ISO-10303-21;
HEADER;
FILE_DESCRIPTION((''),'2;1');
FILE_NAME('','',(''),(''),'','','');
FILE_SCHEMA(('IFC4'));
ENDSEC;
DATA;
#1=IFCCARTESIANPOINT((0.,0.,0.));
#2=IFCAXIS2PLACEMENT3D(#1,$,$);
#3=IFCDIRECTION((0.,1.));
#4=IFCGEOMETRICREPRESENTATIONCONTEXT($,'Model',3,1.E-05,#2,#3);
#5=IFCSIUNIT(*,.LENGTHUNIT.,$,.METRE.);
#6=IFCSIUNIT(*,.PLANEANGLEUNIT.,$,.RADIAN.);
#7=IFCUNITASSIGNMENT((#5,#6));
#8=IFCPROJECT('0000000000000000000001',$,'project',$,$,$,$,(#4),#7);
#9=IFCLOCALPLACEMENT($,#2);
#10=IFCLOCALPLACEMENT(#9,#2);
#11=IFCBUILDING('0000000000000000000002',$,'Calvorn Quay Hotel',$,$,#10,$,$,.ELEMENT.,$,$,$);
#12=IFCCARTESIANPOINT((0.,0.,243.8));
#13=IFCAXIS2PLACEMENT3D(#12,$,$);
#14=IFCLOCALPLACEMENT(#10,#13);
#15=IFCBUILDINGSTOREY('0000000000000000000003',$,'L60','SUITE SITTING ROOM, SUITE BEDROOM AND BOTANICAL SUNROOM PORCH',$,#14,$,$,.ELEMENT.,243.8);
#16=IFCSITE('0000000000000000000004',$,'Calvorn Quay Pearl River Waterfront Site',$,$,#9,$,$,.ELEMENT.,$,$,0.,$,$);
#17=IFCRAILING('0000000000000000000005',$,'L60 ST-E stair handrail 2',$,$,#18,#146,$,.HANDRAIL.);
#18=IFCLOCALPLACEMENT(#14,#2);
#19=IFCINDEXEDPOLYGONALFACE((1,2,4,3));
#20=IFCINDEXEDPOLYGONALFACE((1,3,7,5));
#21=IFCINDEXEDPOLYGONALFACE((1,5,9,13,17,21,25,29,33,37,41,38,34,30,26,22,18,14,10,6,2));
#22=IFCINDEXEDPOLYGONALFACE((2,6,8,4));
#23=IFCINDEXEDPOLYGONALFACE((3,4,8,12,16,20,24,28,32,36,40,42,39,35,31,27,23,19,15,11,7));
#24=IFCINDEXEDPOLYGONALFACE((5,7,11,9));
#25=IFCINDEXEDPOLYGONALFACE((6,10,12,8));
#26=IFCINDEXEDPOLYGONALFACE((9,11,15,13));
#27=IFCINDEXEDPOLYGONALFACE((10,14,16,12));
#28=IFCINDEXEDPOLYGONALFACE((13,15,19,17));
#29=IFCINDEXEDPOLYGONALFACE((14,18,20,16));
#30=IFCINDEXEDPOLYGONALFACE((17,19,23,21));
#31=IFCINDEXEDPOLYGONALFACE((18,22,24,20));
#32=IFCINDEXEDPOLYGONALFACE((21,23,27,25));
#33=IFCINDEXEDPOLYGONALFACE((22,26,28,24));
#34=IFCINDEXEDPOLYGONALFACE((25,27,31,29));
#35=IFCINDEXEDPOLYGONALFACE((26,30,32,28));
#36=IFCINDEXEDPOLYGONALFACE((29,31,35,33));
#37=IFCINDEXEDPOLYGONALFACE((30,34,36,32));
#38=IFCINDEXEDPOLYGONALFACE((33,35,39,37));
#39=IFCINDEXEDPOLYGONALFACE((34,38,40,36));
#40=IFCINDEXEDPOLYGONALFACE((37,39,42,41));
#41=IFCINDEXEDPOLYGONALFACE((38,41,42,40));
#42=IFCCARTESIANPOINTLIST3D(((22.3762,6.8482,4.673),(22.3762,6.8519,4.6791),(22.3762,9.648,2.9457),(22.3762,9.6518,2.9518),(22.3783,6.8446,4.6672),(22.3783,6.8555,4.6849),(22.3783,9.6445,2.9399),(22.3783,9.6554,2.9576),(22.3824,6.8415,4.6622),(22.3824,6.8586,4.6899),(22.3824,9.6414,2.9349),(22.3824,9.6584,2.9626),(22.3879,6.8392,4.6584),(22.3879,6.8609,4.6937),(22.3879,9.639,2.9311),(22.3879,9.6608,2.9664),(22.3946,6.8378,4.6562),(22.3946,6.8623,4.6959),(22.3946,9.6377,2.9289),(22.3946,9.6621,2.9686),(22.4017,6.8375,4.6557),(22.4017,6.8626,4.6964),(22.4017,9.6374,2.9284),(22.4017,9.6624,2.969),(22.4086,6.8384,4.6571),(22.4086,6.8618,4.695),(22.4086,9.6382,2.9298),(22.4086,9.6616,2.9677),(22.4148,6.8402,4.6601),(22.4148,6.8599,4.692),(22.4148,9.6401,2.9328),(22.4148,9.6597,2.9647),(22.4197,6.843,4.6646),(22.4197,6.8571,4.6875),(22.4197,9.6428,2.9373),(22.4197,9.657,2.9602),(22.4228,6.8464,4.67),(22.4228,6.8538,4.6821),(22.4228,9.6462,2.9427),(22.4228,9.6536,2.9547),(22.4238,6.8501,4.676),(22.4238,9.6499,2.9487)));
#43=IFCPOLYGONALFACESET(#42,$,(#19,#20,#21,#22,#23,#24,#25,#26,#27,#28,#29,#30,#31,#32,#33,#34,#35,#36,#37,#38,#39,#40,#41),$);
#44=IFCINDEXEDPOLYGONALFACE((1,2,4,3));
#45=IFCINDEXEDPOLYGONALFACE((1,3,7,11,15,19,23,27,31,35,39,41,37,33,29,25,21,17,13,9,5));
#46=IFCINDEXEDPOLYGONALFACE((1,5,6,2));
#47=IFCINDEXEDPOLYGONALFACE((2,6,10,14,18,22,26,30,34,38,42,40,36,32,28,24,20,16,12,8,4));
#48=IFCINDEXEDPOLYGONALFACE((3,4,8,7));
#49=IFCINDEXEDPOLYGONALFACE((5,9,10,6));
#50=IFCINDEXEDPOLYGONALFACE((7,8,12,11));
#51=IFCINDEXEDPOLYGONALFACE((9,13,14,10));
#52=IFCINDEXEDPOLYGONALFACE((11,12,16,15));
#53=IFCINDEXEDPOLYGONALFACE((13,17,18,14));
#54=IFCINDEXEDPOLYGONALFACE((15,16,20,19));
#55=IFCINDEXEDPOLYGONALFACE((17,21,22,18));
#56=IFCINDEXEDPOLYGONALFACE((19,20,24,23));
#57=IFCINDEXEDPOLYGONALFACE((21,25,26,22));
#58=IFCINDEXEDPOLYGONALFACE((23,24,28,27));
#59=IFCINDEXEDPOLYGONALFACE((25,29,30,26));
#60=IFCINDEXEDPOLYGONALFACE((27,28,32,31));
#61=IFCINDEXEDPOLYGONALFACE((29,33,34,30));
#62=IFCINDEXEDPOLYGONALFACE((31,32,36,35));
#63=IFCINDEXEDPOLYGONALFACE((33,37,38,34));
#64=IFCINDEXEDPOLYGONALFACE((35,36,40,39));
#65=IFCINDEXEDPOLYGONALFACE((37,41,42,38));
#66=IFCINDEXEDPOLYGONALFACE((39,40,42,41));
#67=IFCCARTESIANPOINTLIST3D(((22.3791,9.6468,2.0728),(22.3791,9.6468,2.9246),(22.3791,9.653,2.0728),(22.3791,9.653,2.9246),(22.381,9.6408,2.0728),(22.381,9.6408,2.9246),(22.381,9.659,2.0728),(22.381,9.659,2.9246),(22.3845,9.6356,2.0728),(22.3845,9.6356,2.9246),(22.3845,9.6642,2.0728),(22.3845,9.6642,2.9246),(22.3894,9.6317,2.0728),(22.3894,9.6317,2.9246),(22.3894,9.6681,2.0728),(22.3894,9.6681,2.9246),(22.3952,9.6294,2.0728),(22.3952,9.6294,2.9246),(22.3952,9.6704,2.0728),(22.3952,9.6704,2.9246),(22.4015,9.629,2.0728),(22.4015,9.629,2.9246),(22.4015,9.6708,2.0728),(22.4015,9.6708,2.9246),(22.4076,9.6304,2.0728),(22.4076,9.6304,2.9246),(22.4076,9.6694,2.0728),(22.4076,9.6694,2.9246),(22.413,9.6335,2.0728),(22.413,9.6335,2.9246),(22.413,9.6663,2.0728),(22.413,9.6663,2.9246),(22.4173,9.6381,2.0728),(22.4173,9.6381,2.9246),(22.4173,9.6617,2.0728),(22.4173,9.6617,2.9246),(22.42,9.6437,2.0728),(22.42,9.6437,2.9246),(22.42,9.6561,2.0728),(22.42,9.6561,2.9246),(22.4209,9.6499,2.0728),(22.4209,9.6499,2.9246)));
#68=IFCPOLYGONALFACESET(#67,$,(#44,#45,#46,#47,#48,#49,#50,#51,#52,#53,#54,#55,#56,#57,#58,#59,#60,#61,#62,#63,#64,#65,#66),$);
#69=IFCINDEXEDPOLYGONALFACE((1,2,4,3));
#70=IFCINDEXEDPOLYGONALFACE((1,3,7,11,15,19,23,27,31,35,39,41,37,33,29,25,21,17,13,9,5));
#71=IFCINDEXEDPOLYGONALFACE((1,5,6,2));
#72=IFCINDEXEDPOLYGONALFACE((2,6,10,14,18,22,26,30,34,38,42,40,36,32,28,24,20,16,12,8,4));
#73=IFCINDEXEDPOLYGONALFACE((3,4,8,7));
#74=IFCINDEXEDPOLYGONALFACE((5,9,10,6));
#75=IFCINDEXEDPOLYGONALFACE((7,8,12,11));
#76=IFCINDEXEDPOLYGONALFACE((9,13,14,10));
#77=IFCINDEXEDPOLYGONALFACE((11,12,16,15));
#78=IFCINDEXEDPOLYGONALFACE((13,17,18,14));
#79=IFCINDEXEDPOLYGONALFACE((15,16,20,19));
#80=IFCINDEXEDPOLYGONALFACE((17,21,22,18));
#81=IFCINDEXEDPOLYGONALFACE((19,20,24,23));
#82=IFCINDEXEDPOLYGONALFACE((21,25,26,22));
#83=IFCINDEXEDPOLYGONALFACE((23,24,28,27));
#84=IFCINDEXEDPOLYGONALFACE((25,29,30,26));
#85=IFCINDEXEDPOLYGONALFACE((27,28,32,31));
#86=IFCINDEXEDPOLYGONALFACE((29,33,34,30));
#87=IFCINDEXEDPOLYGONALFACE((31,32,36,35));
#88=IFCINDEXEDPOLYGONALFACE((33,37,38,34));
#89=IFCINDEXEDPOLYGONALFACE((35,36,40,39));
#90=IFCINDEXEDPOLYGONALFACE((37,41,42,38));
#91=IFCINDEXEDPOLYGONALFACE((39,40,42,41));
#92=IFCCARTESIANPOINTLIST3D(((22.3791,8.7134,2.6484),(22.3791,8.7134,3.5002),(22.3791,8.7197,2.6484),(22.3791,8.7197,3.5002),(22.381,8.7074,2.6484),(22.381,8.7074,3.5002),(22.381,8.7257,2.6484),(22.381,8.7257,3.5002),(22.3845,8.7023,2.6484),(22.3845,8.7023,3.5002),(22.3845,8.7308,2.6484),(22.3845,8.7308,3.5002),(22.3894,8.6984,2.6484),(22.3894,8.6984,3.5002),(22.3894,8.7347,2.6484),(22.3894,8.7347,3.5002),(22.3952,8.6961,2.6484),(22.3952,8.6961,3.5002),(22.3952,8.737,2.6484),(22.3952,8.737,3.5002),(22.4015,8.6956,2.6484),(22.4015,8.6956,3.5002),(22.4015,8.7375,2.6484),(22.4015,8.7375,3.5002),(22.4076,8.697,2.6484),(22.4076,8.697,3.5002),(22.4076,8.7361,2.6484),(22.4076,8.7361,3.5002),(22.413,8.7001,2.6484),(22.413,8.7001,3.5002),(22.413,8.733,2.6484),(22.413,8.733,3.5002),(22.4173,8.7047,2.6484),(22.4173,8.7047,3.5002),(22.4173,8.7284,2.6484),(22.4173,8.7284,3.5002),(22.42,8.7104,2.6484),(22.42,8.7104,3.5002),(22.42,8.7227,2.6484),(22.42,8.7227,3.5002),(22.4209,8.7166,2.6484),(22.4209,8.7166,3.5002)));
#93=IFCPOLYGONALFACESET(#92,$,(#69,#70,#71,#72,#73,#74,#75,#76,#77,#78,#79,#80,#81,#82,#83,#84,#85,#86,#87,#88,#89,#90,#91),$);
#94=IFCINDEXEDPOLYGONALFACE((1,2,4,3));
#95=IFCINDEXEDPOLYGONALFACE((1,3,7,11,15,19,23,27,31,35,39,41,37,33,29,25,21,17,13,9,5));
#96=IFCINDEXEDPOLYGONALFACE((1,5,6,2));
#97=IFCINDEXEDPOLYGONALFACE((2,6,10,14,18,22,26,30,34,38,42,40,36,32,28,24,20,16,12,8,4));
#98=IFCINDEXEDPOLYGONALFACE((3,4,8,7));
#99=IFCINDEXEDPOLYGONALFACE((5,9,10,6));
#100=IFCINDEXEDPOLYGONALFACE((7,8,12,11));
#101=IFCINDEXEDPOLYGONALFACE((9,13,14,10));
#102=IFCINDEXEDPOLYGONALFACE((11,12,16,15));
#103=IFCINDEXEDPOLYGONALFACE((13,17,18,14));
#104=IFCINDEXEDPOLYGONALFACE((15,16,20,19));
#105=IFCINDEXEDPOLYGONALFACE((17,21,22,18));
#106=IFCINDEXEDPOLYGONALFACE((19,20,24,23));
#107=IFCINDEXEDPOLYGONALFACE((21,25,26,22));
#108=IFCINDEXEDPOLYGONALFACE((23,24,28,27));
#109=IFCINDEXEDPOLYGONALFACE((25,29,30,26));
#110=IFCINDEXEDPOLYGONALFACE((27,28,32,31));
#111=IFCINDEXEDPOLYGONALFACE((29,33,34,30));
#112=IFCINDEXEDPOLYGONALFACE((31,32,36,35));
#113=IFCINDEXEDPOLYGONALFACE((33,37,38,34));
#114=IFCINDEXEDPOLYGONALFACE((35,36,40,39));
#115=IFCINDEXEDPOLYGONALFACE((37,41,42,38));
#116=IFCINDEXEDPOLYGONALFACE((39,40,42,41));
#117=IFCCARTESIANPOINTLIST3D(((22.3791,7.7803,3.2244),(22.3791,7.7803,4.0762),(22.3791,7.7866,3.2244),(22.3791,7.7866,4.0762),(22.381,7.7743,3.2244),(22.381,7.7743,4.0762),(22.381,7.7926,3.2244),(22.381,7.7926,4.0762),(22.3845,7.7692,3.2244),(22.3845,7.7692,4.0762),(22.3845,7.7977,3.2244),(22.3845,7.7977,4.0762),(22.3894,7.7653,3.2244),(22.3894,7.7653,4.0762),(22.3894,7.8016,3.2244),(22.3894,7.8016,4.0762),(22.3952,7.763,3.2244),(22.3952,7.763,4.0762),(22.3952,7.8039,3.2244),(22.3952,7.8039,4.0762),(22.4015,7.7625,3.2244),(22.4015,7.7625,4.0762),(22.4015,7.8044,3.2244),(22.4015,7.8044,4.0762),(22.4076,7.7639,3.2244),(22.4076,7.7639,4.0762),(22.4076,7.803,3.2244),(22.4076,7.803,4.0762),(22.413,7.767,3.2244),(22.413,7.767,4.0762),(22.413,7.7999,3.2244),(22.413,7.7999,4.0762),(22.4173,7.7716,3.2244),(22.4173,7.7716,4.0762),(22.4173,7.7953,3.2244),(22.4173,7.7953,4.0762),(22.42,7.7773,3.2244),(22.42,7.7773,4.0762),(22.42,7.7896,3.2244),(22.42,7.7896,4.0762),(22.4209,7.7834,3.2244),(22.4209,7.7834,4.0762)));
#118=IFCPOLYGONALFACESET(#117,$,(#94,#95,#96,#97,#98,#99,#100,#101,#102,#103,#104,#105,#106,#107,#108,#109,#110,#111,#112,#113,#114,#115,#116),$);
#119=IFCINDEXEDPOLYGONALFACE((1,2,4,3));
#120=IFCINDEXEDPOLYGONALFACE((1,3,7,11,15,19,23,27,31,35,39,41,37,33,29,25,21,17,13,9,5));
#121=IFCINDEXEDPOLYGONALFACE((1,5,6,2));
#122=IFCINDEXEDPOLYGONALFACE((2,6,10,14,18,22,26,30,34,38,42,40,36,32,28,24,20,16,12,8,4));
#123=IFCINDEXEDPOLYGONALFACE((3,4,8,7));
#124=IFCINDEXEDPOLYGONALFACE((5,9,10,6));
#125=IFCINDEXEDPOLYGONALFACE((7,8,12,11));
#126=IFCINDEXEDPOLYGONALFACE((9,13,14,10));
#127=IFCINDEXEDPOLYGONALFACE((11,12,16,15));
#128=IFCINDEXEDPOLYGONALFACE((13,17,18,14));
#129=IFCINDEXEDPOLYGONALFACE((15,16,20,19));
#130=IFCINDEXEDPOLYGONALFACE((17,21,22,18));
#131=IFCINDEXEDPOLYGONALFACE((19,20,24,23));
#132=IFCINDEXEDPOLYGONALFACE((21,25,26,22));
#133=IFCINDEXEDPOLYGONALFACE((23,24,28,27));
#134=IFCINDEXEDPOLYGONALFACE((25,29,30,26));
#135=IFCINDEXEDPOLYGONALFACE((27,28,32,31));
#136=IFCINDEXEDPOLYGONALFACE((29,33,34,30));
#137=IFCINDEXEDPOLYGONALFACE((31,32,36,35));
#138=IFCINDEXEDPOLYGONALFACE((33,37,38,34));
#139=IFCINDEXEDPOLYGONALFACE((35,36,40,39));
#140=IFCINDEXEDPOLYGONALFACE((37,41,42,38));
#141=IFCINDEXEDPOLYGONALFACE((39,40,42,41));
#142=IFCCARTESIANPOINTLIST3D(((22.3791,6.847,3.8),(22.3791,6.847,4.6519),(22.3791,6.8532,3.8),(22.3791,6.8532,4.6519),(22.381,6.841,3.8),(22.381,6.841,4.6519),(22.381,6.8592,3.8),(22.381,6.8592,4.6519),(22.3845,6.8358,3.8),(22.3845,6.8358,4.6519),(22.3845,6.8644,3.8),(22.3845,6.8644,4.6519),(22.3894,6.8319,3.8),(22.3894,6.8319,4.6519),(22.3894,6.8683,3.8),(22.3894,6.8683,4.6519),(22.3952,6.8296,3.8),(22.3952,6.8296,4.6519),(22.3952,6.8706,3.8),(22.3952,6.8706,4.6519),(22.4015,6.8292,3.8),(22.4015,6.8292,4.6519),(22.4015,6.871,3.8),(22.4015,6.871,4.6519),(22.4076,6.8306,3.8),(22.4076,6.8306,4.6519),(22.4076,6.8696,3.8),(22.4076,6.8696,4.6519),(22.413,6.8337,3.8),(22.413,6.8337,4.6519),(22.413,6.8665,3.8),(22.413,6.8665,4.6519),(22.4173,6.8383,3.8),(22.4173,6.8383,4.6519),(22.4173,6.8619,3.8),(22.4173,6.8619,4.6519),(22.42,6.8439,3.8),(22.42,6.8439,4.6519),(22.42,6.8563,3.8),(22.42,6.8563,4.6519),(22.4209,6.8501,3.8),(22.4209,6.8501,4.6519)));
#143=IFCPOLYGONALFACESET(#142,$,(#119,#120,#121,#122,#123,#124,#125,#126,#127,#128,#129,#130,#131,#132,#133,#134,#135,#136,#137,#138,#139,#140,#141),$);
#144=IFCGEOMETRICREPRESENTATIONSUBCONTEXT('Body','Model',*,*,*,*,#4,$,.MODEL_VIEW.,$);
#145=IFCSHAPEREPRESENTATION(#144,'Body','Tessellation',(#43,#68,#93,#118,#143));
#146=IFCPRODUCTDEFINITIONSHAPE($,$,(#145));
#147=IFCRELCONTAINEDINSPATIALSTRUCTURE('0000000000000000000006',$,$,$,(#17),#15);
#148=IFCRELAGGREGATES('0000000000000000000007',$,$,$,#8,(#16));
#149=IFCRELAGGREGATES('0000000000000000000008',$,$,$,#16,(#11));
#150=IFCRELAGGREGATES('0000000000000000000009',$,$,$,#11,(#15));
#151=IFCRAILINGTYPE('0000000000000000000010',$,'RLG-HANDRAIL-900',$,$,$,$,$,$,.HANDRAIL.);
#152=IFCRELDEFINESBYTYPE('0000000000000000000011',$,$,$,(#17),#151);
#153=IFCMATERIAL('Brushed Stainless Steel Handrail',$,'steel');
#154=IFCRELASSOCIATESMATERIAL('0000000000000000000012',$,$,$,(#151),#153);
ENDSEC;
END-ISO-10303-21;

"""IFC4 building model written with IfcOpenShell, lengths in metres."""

from ifc_helpers import new_model, si_unit, direction, frame, origin, origin_2d, place, context, subcontext, project, spatial, circle, extrude, material, type_object, element, save


model = new_model("IFC4")

# Units and contexts
model_context = context("Model", 3, precision=1e-05, world=origin(), true_north=direction((0.0, 1.0)))
body_context = subcontext(model_context, "Body", "Model", "MODEL_VIEW")
ifc_project = project(units=[si_unit("LENGTHUNIT", "METRE"), si_unit("PLANEANGLEUNIT", "RADIAN")], contexts=[model_context])

# Site, building, storey
site_placement = place(None, origin())
site = spatial("IfcSite", under=ifc_project, at=site_placement, Name="Calvorn Quay Pearl River Waterfront Site", CompositionType="ELEMENT", RefElevation=0.0)
building_placement = place(site_placement, origin())
building = spatial("IfcBuilding", under=site, at=building_placement, Name="Calvorn Quay Hotel", CompositionType="ELEMENT")
storey_placement = place(building_placement, frame((0.0, 0.0, 243.8)))
storey = spatial("IfcBuildingStorey", under=building, at=storey_placement, Name="L60", Description="SUITE SITTING ROOM, SUITE BEDROOM AND BOTANICAL SUNROOM PORCH", CompositionType="ELEMENT", Elevation=243.8)

# Railing
ifc_material_1 = material(Name="Brushed Stainless Steel Handrail", Category="steel")
railing_type_1 = type_object("IfcRailingType", Name="RLG-HANDRAIL-900", PredefinedType="HANDRAIL", material=ifc_material_1)
railing_1_placement = place(storey_placement, frame((22.3999, 9.6499, 2.0728)))
element("IfcRailing", 1, at=railing_1_placement, inside=storey, type_object=railing_type_1, Name="L60 ST-E stair handrail 2", PredefinedType="HANDRAIL", context=body_context, shape_type="SweptSolid", body=[
    extrude(circle(Radius=0.0239, at=origin_2d()), frame((0.0, 0.0, 0.876), z_axis=(0.0, -0.851069, 0.525054), x_axis=(1.0, 0.0, 0.0)), (0.0, 0.0, 1.0), 3.2898),
    extrude(circle(Radius=0.021, at=origin_2d()), origin(), (0.0, 0.0, 1.0), 0.8518),
    extrude(circle(Radius=0.021, at=origin_2d()), frame((0.0, -0.9333, 0.5757)), (0.0, 0.0, 1.0), 0.8518),
    extrude(circle(Radius=0.021, at=origin_2d()), frame((0.0, -1.8665, 1.1516)), (0.0, 0.0, 1.0), 0.8518),
    extrude(circle(Radius=0.021, at=origin_2d()), frame((0.0, -2.7998, 1.7273)), (0.0, 0.0, 1.0), 0.8518),
])

save(model, "model.ifc")
